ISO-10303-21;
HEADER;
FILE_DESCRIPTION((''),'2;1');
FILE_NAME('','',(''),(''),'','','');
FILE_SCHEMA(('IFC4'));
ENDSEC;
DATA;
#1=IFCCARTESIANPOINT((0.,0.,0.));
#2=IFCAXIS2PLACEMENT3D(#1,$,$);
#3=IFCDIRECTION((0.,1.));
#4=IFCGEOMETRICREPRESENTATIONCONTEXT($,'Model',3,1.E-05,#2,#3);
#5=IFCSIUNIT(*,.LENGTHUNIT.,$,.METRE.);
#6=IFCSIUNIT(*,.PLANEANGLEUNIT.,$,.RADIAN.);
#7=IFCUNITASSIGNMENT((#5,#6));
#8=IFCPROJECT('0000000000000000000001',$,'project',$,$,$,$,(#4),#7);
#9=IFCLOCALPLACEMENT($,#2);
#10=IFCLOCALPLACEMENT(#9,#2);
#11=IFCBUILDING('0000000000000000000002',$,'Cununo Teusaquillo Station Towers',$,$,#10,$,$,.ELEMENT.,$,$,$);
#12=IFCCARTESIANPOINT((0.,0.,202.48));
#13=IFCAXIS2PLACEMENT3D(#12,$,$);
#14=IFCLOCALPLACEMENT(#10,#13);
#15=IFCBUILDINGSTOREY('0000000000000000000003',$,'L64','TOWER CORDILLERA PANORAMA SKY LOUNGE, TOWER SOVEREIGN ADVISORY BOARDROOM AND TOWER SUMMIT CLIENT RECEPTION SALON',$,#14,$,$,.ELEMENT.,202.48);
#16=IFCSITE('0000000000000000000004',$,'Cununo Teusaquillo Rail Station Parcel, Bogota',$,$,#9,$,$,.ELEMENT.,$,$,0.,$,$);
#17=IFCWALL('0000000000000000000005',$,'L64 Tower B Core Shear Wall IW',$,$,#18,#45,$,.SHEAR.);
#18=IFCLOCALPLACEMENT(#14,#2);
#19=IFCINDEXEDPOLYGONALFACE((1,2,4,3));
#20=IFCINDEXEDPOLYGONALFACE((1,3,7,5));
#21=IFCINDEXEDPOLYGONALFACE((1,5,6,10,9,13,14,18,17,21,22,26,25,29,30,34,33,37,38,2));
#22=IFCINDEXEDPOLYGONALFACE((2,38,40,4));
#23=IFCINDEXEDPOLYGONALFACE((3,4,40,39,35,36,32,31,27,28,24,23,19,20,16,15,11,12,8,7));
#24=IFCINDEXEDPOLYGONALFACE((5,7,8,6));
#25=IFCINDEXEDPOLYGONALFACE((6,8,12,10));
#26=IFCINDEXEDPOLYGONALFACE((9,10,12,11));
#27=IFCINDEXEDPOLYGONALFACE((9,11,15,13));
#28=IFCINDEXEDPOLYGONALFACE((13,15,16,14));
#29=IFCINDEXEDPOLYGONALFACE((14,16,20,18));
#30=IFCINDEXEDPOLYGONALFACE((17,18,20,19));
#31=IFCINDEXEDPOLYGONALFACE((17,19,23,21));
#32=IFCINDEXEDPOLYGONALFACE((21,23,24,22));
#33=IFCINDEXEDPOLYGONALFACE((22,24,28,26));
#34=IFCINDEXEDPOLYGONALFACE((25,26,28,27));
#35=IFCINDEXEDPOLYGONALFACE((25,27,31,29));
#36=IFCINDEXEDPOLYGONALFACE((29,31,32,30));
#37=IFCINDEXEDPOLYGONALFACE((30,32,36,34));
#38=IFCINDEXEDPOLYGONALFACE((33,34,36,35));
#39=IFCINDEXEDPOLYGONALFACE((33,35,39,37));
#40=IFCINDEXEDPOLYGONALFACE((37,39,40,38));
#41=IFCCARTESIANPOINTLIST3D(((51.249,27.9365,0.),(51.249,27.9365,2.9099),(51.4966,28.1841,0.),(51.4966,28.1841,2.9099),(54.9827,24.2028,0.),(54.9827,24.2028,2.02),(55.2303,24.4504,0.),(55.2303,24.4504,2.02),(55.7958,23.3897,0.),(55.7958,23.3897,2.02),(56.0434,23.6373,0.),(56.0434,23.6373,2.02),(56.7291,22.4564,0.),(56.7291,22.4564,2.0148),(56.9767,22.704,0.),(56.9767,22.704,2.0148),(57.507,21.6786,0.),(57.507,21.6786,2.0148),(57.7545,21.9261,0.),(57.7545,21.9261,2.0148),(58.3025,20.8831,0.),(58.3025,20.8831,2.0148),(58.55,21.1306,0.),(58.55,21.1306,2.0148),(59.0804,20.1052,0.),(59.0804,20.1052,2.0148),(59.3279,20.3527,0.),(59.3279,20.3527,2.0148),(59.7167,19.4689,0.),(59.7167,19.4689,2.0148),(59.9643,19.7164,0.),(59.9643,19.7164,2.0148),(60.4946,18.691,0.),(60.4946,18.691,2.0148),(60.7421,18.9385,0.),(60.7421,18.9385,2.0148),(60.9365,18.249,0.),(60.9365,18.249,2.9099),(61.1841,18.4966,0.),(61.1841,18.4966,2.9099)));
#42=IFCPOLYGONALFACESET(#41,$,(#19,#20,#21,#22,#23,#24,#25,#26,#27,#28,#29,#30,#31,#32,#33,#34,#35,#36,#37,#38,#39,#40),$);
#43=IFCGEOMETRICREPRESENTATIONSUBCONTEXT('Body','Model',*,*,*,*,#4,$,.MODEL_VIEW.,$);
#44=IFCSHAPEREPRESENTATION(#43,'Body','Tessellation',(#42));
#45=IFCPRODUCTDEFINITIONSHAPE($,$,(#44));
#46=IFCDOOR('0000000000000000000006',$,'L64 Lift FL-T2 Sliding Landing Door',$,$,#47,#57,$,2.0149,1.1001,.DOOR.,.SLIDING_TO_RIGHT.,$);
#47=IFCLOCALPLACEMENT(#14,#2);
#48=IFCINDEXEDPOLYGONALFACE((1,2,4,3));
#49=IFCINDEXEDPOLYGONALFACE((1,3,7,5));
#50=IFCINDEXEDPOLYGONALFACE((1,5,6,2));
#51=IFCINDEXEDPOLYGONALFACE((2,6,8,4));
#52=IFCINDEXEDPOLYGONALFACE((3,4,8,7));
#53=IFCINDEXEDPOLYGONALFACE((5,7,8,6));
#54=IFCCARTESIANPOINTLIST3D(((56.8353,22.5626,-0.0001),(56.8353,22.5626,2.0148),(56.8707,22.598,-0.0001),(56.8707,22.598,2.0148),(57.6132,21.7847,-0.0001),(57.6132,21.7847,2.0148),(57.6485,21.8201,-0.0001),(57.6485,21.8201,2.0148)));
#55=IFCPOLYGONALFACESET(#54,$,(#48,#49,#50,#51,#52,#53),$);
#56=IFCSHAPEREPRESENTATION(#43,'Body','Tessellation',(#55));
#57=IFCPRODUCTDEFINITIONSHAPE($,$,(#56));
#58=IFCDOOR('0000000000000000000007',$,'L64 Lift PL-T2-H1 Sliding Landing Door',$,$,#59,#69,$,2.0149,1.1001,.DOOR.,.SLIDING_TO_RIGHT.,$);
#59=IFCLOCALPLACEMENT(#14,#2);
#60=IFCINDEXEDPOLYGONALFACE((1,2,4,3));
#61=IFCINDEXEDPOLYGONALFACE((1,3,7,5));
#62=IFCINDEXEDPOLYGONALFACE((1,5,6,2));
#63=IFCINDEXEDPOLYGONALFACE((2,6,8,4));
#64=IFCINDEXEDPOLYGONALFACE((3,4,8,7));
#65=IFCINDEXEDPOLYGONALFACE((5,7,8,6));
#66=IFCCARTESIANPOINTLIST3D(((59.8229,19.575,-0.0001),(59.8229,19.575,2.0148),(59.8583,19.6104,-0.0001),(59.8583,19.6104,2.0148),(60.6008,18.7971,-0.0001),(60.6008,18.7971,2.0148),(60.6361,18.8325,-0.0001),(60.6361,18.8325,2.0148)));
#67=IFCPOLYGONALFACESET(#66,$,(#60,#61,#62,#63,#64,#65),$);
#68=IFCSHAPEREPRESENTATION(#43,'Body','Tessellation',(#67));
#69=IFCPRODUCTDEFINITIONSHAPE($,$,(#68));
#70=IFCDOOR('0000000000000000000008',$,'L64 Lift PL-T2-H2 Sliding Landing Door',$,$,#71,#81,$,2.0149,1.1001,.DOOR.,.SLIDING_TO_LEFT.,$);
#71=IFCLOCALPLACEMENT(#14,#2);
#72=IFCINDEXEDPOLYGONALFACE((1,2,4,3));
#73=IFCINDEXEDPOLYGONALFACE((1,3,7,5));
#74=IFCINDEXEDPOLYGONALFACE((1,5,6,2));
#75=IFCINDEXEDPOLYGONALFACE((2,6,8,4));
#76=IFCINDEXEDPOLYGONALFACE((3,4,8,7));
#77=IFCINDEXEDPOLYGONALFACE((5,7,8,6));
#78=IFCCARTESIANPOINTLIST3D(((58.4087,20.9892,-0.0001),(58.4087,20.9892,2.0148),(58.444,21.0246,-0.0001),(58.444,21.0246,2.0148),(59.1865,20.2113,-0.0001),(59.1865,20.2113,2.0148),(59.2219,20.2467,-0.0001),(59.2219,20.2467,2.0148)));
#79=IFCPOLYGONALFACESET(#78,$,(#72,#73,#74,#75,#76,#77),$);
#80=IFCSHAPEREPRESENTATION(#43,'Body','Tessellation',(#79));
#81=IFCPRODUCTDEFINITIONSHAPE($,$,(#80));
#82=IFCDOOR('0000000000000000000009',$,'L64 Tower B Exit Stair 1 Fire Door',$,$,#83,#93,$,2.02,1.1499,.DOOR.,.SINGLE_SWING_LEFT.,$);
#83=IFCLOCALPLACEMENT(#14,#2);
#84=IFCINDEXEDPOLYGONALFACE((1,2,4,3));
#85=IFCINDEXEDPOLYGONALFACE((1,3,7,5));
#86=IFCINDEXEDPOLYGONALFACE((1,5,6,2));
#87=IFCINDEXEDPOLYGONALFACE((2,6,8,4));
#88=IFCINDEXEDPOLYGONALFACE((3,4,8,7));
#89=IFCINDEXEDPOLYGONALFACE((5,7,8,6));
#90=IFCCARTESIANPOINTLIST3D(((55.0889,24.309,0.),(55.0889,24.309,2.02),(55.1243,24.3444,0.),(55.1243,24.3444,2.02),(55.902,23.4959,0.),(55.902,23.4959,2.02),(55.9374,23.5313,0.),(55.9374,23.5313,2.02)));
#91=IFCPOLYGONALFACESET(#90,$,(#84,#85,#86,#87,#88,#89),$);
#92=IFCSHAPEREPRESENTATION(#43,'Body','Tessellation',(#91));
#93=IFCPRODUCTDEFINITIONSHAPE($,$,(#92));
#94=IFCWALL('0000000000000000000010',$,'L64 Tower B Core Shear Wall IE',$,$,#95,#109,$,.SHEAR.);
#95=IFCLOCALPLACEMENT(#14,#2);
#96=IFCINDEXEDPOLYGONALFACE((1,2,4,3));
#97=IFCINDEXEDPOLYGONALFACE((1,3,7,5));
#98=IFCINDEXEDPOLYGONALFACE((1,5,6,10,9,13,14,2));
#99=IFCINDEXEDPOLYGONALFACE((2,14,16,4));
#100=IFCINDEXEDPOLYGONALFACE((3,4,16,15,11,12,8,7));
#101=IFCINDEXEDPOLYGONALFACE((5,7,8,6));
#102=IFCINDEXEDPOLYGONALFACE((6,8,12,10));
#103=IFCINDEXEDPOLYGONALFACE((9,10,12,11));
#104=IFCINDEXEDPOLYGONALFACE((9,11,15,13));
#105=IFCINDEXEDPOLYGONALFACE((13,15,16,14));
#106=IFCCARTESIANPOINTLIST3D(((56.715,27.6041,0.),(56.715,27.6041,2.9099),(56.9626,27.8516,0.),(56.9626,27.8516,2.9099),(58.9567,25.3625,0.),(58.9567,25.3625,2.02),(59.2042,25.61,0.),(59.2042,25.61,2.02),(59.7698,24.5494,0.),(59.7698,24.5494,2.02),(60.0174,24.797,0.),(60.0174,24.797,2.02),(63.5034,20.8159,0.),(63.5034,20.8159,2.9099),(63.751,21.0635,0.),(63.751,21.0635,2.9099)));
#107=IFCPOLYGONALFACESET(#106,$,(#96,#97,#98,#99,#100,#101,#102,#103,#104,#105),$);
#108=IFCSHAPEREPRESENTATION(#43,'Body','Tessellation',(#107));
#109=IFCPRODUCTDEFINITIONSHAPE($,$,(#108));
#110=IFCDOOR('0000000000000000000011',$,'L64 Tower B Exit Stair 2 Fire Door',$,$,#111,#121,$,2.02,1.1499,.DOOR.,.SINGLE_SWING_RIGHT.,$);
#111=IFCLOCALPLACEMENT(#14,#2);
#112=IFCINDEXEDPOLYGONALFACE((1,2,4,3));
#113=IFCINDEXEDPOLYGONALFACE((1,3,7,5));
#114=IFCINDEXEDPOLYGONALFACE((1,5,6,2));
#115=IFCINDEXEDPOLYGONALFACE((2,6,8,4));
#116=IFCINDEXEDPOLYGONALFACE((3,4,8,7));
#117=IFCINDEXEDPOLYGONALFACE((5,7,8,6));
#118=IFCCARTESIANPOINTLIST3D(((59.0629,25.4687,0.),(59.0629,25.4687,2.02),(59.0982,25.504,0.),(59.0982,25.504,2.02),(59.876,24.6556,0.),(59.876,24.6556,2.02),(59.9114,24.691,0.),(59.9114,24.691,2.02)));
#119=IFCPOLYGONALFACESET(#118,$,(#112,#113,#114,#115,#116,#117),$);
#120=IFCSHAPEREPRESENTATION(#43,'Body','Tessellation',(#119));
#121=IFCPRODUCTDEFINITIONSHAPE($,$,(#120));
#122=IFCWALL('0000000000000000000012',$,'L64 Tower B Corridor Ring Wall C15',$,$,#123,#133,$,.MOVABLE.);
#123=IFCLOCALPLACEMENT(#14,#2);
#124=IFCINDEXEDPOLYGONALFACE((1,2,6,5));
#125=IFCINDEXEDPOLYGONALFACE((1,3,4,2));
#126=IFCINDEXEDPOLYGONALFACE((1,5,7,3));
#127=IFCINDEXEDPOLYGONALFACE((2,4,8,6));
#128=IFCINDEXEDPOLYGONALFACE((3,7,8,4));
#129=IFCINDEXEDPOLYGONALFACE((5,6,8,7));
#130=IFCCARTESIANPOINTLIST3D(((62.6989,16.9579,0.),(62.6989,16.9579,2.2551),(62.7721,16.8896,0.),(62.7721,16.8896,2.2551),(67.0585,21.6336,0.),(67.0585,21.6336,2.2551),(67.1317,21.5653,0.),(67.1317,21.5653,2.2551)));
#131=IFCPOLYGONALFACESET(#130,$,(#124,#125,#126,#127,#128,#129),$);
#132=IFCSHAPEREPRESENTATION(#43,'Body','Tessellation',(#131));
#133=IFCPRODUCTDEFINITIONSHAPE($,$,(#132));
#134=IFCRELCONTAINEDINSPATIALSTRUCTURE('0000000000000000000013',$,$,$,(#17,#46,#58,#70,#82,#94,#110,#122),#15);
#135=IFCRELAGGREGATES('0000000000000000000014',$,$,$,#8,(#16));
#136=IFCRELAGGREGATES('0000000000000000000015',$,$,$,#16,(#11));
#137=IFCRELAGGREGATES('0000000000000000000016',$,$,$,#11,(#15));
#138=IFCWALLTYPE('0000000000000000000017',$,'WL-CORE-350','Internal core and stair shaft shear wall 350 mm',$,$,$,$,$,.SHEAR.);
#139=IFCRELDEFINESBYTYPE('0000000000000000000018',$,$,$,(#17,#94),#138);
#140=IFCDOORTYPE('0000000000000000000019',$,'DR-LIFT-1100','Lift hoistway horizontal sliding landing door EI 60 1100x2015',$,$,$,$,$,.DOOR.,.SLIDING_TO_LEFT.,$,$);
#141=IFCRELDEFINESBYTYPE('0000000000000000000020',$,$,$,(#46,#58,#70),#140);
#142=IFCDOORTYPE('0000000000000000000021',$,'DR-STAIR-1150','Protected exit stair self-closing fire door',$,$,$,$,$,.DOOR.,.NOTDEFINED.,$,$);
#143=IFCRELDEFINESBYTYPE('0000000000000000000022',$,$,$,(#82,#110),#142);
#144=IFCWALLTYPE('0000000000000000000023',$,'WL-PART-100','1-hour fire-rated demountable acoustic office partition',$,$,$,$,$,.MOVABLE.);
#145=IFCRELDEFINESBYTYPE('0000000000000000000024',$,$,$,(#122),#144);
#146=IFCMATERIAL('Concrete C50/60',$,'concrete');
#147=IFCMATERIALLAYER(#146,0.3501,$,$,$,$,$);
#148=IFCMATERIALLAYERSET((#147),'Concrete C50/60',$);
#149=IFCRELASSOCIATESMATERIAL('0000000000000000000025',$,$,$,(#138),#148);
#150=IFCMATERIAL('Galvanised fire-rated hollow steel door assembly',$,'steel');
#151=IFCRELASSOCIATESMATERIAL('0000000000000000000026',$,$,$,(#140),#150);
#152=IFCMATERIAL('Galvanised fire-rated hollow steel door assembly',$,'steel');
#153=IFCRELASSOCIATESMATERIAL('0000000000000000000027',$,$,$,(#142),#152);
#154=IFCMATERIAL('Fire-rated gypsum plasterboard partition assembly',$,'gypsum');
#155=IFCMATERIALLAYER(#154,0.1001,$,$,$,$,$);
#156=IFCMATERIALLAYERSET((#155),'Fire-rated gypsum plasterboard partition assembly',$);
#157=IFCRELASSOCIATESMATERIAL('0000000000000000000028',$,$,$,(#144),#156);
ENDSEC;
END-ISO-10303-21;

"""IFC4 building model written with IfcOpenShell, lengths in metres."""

from ifc_helpers import new_model, si_unit, direction, frame, frame_2d, origin, place, context, subcontext, project, spatial, rectangle, extrude, source, transform, mapped, material, layer, layer_set, type_object, element, fill, save


model = new_model("IFC4")

# Units and contexts
model_context = context("Model", 3, precision=1e-05, world=origin(), true_north=direction((0.0, 1.0)))
body_context = subcontext(model_context, "Body", "Model", "MODEL_VIEW")
ifc_project = project(units=[si_unit("LENGTHUNIT", "METRE"), si_unit("PLANEANGLEUNIT", "RADIAN")], contexts=[model_context])

# Site, building, storey
site_placement = place(None, origin())
site = spatial("IfcSite", under=ifc_project, at=site_placement, Name="Cununo Teusaquillo Rail Station Parcel, Bogota", CompositionType="ELEMENT", RefElevation=0.0)
building_placement = place(site_placement, origin())
building = spatial("IfcBuilding", under=site, at=building_placement, Name="Cununo Teusaquillo Station Towers", CompositionType="ELEMENT")
storey_placement = place(building_placement, frame((0.0, 0.0, 202.48)))
storey = spatial("IfcBuildingStorey", under=building, at=storey_placement, Name="L64", Description="TOWER CORDILLERA PANORAMA SKY LOUNGE, TOWER SOVEREIGN ADVISORY BOARDROOM AND TOWER SUMMIT CLIENT RECEPTION SALON", CompositionType="ELEMENT", Elevation=202.48)

# Wall, openings, doors
ifc_material_1 = material(Name="Concrete C50/60", Category="concrete")
ifc_layer_1 = layer(ifc_material_1, 0.3501)
ifc_layer_set_1 = layer_set([ifc_layer_1], Name="Concrete C50/60")
wall_type_1 = type_object("IfcWallType", Name="WL-CORE-350", Description="Internal core and stair shaft shear wall 350 mm", PredefinedType="SHEAR", material=ifc_layer_set_1)
wall_1_placement = place(storey_placement, frame((61.0603, 18.3728, 0.0), z_axis=(0.0, 0.0, 1.0), x_axis=(-0.707107, 0.707107, 0.0)))
wall_1 = element("IfcWall", 1, at=wall_1_placement, inside=storey, type_object=wall_type_1, Name="L64 Tower B Core Shear Wall IW", PredefinedType="SHEAR", context=body_context, shape_type="SweptSolid", body=[
    extrude(rectangle(XDim=13.7002, YDim=0.3501, at=frame_2d((6.8501, 0.0))), origin(), (0.0, 0.0, 1.0), 2.9099),
])
shared_shape_1 = source(origin(), body_context, "Body", "SweptSolid", [
    extrude(rectangle(XDim=1.1001, YDim=2.0149, at=frame_2d((0.55, 1.0073))), frame((0.0, 0.1851, 0.0), z_axis=(0.0, -1.0, 0.0), x_axis=(1.0, 0.0, 0.0)), (0.0, 0.0, 1.0), 0.3701),
])
opening_1_placement = place(wall_1_placement, frame((4.8501, 0.0, 0.0)))
opening_1 = element("IfcOpeningElement", 2, at=opening_1_placement, cuts=wall_1, PredefinedType="OPENING", context=body_context, shape_type="MappedRepresentation", body=[
    mapped(shared_shape_1, transform((0.0, 0.0, 0.0), x_axis=(1.0, 0.0, 0.0), y_axis=(0.0, 1.0, 0.0), z_axis=(0.0, 0.0, 1.0), scale=1.0)),
])
opening_2_placement = place(wall_1_placement, frame((0.625, 0.0, 0.0)))
opening_2 = element("IfcOpeningElement", 3, at=opening_2_placement, cuts=wall_1, PredefinedType="OPENING", context=body_context, shape_type="MappedRepresentation", body=[
    mapped(shared_shape_1, transform((0.0, 0.0, 0.0), x_axis=(1.0, 0.0, 0.0), y_axis=(0.0, 1.0, 0.0), z_axis=(0.0, 0.0, 1.0), scale=1.0)),
])
opening_3_placement = place(wall_1_placement, frame((2.625, 0.0, 0.0)))
opening_3 = element("IfcOpeningElement", 4, at=opening_3_placement, cuts=wall_1, PredefinedType="OPENING", context=body_context, shape_type="MappedRepresentation", body=[
    mapped(shared_shape_1, transform((0.0, 0.0, 0.0), x_axis=(1.0, 0.0, 0.0), y_axis=(0.0, 1.0, 0.0), z_axis=(0.0, 0.0, 1.0), scale=1.0)),
])
shared_shape_2 = source(origin(), body_context, "Body", "SweptSolid", [
    extrude(rectangle(XDim=1.1499, YDim=2.02, at=frame_2d((0.575, 1.01))), frame((0.0, 0.1851, 0.0), z_axis=(0.0, -1.0, 0.0), x_axis=(1.0, 0.0, 0.0)), (0.0, 0.0, 1.0), 0.3701),
])
opening_4_placement = place(wall_1_placement, frame((7.27, 0.0, 0.0)))
opening_4 = element("IfcOpeningElement", 5, at=opening_4_placement, cuts=wall_1, PredefinedType="OPENING", context=body_context, shape_type="MappedRepresentation", body=[
    mapped(shared_shape_2, transform((0.0, 0.0, 0.0), x_axis=(1.0, 0.0, 0.0), y_axis=(0.0, 1.0, 0.0), z_axis=(0.0, 0.0, 1.0), scale=1.0)),
])
ifc_material_2 = material(Name="Galvanised fire-rated hollow steel door assembly", Category="steel")
door_type_1 = type_object("IfcDoorType", Name="DR-LIFT-1100", Description="Lift hoistway horizontal sliding landing door EI 60 1100x2015", OperationType="SLIDING_TO_LEFT", PredefinedType="DOOR", material=ifc_material_2)
shared_shape_3 = source(origin(), body_context, "Body", "SweptSolid", [
    extrude(rectangle(XDim=1.1001, YDim=2.0149, at=frame_2d((0.55, 1.0073))), frame((0.0, 0.0249, 0.0), z_axis=(0.0, -1.0, 0.0), x_axis=(1.0, 0.0, 0.0)), (0.0, 0.0, 1.0), 0.05),
])
door_1_placement = place(opening_1_placement, origin())
door_1 = element("IfcDoor", 6, at=door_1_placement, inside=storey, type_object=door_type_1, Name="L64 Lift FL-T2 Sliding Landing Door", OperationType="SLIDING_TO_RIGHT", OverallHeight=2.0149, OverallWidth=1.1001, PredefinedType="DOOR", context=body_context, shape_type="MappedRepresentation", body=[
    mapped(shared_shape_3, transform((0.0, 0.0, 0.0), x_axis=(1.0, 0.0, 0.0), y_axis=(0.0, 1.0, 0.0), z_axis=(0.0, 0.0, 1.0), scale=1.0)),
])
fill(opening_1, door_1)
door_2_placement = place(opening_2_placement, origin())
door_2 = element("IfcDoor", 7, at=door_2_placement, inside=storey, type_object=door_type_1, Name="L64 Lift PL-T2-H1 Sliding Landing Door", OperationType="SLIDING_TO_RIGHT", OverallHeight=2.0149, OverallWidth=1.1001, PredefinedType="DOOR", context=body_context, shape_type="MappedRepresentation", body=[
    mapped(shared_shape_3, transform((0.0, 0.0, 0.0), x_axis=(1.0, 0.0, 0.0), y_axis=(0.0, 1.0, 0.0), z_axis=(0.0, 0.0, 1.0), scale=1.0)),
])
fill(opening_2, door_2)
door_3_placement = place(opening_3_placement, origin())
door_3 = element("IfcDoor", 8, at=door_3_placement, inside=storey, type_object=door_type_1, Name="L64 Lift PL-T2-H2 Sliding Landing Door", OperationType="SLIDING_TO_LEFT", OverallHeight=2.0149, OverallWidth=1.1001, PredefinedType="DOOR", context=body_context, shape_type="MappedRepresentation", body=[
    mapped(shared_shape_3, transform((0.0, 0.0, 0.0), x_axis=(1.0, 0.0, 0.0), y_axis=(0.0, 1.0, 0.0), z_axis=(0.0, 0.0, 1.0), scale=1.0)),
])
fill(opening_3, door_3)
ifc_material_3 = material(Name="Galvanised fire-rated hollow steel door assembly", Category="steel")
door_type_2 = type_object("IfcDoorType", Name="DR-STAIR-1150", Description="Protected exit stair self-closing fire door", OperationType="NOTDEFINED", PredefinedType="DOOR", material=ifc_material_3)
shared_shape_4 = source(origin(), body_context, "Body", "SweptSolid", [
    extrude(rectangle(XDim=1.1499, YDim=2.02, at=frame_2d((0.575, 1.01))), frame((0.0, 0.0249, 0.0), z_axis=(0.0, -1.0, 0.0), x_axis=(1.0, 0.0, 0.0)), (0.0, 0.0, 1.0), 0.05),
])
door_4_placement = place(opening_4_placement, origin())
door_4 = element("IfcDoor", 9, at=door_4_placement, inside=storey, type_object=door_type_2, Name="L64 Tower B Exit Stair 1 Fire Door", OperationType="SINGLE_SWING_LEFT", OverallHeight=2.02, OverallWidth=1.1499, PredefinedType="DOOR", context=body_context, shape_type="MappedRepresentation", body=[
    mapped(shared_shape_4, transform((0.0, 0.0, 0.0), x_axis=(1.0, 0.0, 0.0), y_axis=(0.0, 1.0, 0.0), z_axis=(0.0, 0.0, 1.0), scale=1.0)),
])
fill(opening_4, door_4)

# Wall, opening, door
wall_2_placement = place(storey_placement, frame((63.6272, 20.9397, 0.0), z_axis=(0.0, 0.0, 1.0), x_axis=(-0.707119, 0.707094, 0.0)))
wall_2 = element("IfcWall", 10, at=wall_2_placement, inside=storey, type_object=wall_type_1, Name="L64 Tower B Core Shear Wall IE", PredefinedType="SHEAR", context=body_context, shape_type="SweptSolid", body=[
    extrude(rectangle(XDim=9.6001, YDim=0.3501, at=frame_2d((4.8, 0.0))), origin(), (0.0, 0.0, 1.0), 2.9099),
])
opening_5_placement = place(wall_2_placement, frame((5.28, 0.0, 0.0)))
opening_5 = element("IfcOpeningElement", 11, at=opening_5_placement, cuts=wall_2, PredefinedType="OPENING", context=body_context, shape_type="MappedRepresentation", body=[
    mapped(shared_shape_2, transform((0.0, 0.0, 0.0), x_axis=(1.0, 0.0, 0.0), y_axis=(0.0, 1.0, 0.0), z_axis=(0.0, 0.0, 1.0), scale=1.0)),
])
door_5_placement = place(opening_5_placement, origin())
door_5 = element("IfcDoor", 12, at=door_5_placement, inside=storey, type_object=door_type_2, Name="L64 Tower B Exit Stair 2 Fire Door", OperationType="SINGLE_SWING_RIGHT", OverallHeight=2.02, OverallWidth=1.1499, PredefinedType="DOOR", context=body_context, shape_type="MappedRepresentation", body=[
    mapped(shared_shape_4, transform((0.0, 0.0, 0.0), x_axis=(1.0, 0.0, 0.0), y_axis=(0.0, 1.0, 0.0), z_axis=(0.0, 0.0, 1.0), scale=1.0)),
])
fill(opening_5, door_5)

# Wall
ifc_material_4 = material(Name="Fire-rated gypsum plasterboard partition assembly", Category="gypsum")
ifc_layer_2 = layer(ifc_material_4, 0.1001)
ifc_layer_set_2 = layer_set([ifc_layer_2], Name="Fire-rated gypsum plasterboard partition assembly")
wall_type_2 = type_object("IfcWallType", Name="WL-PART-100", Description="1-hour fire-rated demountable acoustic office partition", PredefinedType="MOVABLE", material=ifc_layer_set_2)
wall_3_placement = place(storey_placement, frame((62.7356, 16.9238, 0.0), z_axis=(0.0, 0.0, 1.0), x_axis=(0.681947, 0.731402, 0.0)))
element("IfcWall", 13, at=wall_3_placement, inside=storey, type_object=wall_type_2, Name="L64 Tower B Corridor Ring Wall C15", PredefinedType="MOVABLE", context=body_context, shape_type="SweptSolid", body=[
    extrude(rectangle(XDim=6.3928, YDim=0.1001, at=frame_2d((3.1963, 0.0))), origin(), (0.0, 0.0, 1.0), 2.2551),
])

save(model, "model.ifc")
